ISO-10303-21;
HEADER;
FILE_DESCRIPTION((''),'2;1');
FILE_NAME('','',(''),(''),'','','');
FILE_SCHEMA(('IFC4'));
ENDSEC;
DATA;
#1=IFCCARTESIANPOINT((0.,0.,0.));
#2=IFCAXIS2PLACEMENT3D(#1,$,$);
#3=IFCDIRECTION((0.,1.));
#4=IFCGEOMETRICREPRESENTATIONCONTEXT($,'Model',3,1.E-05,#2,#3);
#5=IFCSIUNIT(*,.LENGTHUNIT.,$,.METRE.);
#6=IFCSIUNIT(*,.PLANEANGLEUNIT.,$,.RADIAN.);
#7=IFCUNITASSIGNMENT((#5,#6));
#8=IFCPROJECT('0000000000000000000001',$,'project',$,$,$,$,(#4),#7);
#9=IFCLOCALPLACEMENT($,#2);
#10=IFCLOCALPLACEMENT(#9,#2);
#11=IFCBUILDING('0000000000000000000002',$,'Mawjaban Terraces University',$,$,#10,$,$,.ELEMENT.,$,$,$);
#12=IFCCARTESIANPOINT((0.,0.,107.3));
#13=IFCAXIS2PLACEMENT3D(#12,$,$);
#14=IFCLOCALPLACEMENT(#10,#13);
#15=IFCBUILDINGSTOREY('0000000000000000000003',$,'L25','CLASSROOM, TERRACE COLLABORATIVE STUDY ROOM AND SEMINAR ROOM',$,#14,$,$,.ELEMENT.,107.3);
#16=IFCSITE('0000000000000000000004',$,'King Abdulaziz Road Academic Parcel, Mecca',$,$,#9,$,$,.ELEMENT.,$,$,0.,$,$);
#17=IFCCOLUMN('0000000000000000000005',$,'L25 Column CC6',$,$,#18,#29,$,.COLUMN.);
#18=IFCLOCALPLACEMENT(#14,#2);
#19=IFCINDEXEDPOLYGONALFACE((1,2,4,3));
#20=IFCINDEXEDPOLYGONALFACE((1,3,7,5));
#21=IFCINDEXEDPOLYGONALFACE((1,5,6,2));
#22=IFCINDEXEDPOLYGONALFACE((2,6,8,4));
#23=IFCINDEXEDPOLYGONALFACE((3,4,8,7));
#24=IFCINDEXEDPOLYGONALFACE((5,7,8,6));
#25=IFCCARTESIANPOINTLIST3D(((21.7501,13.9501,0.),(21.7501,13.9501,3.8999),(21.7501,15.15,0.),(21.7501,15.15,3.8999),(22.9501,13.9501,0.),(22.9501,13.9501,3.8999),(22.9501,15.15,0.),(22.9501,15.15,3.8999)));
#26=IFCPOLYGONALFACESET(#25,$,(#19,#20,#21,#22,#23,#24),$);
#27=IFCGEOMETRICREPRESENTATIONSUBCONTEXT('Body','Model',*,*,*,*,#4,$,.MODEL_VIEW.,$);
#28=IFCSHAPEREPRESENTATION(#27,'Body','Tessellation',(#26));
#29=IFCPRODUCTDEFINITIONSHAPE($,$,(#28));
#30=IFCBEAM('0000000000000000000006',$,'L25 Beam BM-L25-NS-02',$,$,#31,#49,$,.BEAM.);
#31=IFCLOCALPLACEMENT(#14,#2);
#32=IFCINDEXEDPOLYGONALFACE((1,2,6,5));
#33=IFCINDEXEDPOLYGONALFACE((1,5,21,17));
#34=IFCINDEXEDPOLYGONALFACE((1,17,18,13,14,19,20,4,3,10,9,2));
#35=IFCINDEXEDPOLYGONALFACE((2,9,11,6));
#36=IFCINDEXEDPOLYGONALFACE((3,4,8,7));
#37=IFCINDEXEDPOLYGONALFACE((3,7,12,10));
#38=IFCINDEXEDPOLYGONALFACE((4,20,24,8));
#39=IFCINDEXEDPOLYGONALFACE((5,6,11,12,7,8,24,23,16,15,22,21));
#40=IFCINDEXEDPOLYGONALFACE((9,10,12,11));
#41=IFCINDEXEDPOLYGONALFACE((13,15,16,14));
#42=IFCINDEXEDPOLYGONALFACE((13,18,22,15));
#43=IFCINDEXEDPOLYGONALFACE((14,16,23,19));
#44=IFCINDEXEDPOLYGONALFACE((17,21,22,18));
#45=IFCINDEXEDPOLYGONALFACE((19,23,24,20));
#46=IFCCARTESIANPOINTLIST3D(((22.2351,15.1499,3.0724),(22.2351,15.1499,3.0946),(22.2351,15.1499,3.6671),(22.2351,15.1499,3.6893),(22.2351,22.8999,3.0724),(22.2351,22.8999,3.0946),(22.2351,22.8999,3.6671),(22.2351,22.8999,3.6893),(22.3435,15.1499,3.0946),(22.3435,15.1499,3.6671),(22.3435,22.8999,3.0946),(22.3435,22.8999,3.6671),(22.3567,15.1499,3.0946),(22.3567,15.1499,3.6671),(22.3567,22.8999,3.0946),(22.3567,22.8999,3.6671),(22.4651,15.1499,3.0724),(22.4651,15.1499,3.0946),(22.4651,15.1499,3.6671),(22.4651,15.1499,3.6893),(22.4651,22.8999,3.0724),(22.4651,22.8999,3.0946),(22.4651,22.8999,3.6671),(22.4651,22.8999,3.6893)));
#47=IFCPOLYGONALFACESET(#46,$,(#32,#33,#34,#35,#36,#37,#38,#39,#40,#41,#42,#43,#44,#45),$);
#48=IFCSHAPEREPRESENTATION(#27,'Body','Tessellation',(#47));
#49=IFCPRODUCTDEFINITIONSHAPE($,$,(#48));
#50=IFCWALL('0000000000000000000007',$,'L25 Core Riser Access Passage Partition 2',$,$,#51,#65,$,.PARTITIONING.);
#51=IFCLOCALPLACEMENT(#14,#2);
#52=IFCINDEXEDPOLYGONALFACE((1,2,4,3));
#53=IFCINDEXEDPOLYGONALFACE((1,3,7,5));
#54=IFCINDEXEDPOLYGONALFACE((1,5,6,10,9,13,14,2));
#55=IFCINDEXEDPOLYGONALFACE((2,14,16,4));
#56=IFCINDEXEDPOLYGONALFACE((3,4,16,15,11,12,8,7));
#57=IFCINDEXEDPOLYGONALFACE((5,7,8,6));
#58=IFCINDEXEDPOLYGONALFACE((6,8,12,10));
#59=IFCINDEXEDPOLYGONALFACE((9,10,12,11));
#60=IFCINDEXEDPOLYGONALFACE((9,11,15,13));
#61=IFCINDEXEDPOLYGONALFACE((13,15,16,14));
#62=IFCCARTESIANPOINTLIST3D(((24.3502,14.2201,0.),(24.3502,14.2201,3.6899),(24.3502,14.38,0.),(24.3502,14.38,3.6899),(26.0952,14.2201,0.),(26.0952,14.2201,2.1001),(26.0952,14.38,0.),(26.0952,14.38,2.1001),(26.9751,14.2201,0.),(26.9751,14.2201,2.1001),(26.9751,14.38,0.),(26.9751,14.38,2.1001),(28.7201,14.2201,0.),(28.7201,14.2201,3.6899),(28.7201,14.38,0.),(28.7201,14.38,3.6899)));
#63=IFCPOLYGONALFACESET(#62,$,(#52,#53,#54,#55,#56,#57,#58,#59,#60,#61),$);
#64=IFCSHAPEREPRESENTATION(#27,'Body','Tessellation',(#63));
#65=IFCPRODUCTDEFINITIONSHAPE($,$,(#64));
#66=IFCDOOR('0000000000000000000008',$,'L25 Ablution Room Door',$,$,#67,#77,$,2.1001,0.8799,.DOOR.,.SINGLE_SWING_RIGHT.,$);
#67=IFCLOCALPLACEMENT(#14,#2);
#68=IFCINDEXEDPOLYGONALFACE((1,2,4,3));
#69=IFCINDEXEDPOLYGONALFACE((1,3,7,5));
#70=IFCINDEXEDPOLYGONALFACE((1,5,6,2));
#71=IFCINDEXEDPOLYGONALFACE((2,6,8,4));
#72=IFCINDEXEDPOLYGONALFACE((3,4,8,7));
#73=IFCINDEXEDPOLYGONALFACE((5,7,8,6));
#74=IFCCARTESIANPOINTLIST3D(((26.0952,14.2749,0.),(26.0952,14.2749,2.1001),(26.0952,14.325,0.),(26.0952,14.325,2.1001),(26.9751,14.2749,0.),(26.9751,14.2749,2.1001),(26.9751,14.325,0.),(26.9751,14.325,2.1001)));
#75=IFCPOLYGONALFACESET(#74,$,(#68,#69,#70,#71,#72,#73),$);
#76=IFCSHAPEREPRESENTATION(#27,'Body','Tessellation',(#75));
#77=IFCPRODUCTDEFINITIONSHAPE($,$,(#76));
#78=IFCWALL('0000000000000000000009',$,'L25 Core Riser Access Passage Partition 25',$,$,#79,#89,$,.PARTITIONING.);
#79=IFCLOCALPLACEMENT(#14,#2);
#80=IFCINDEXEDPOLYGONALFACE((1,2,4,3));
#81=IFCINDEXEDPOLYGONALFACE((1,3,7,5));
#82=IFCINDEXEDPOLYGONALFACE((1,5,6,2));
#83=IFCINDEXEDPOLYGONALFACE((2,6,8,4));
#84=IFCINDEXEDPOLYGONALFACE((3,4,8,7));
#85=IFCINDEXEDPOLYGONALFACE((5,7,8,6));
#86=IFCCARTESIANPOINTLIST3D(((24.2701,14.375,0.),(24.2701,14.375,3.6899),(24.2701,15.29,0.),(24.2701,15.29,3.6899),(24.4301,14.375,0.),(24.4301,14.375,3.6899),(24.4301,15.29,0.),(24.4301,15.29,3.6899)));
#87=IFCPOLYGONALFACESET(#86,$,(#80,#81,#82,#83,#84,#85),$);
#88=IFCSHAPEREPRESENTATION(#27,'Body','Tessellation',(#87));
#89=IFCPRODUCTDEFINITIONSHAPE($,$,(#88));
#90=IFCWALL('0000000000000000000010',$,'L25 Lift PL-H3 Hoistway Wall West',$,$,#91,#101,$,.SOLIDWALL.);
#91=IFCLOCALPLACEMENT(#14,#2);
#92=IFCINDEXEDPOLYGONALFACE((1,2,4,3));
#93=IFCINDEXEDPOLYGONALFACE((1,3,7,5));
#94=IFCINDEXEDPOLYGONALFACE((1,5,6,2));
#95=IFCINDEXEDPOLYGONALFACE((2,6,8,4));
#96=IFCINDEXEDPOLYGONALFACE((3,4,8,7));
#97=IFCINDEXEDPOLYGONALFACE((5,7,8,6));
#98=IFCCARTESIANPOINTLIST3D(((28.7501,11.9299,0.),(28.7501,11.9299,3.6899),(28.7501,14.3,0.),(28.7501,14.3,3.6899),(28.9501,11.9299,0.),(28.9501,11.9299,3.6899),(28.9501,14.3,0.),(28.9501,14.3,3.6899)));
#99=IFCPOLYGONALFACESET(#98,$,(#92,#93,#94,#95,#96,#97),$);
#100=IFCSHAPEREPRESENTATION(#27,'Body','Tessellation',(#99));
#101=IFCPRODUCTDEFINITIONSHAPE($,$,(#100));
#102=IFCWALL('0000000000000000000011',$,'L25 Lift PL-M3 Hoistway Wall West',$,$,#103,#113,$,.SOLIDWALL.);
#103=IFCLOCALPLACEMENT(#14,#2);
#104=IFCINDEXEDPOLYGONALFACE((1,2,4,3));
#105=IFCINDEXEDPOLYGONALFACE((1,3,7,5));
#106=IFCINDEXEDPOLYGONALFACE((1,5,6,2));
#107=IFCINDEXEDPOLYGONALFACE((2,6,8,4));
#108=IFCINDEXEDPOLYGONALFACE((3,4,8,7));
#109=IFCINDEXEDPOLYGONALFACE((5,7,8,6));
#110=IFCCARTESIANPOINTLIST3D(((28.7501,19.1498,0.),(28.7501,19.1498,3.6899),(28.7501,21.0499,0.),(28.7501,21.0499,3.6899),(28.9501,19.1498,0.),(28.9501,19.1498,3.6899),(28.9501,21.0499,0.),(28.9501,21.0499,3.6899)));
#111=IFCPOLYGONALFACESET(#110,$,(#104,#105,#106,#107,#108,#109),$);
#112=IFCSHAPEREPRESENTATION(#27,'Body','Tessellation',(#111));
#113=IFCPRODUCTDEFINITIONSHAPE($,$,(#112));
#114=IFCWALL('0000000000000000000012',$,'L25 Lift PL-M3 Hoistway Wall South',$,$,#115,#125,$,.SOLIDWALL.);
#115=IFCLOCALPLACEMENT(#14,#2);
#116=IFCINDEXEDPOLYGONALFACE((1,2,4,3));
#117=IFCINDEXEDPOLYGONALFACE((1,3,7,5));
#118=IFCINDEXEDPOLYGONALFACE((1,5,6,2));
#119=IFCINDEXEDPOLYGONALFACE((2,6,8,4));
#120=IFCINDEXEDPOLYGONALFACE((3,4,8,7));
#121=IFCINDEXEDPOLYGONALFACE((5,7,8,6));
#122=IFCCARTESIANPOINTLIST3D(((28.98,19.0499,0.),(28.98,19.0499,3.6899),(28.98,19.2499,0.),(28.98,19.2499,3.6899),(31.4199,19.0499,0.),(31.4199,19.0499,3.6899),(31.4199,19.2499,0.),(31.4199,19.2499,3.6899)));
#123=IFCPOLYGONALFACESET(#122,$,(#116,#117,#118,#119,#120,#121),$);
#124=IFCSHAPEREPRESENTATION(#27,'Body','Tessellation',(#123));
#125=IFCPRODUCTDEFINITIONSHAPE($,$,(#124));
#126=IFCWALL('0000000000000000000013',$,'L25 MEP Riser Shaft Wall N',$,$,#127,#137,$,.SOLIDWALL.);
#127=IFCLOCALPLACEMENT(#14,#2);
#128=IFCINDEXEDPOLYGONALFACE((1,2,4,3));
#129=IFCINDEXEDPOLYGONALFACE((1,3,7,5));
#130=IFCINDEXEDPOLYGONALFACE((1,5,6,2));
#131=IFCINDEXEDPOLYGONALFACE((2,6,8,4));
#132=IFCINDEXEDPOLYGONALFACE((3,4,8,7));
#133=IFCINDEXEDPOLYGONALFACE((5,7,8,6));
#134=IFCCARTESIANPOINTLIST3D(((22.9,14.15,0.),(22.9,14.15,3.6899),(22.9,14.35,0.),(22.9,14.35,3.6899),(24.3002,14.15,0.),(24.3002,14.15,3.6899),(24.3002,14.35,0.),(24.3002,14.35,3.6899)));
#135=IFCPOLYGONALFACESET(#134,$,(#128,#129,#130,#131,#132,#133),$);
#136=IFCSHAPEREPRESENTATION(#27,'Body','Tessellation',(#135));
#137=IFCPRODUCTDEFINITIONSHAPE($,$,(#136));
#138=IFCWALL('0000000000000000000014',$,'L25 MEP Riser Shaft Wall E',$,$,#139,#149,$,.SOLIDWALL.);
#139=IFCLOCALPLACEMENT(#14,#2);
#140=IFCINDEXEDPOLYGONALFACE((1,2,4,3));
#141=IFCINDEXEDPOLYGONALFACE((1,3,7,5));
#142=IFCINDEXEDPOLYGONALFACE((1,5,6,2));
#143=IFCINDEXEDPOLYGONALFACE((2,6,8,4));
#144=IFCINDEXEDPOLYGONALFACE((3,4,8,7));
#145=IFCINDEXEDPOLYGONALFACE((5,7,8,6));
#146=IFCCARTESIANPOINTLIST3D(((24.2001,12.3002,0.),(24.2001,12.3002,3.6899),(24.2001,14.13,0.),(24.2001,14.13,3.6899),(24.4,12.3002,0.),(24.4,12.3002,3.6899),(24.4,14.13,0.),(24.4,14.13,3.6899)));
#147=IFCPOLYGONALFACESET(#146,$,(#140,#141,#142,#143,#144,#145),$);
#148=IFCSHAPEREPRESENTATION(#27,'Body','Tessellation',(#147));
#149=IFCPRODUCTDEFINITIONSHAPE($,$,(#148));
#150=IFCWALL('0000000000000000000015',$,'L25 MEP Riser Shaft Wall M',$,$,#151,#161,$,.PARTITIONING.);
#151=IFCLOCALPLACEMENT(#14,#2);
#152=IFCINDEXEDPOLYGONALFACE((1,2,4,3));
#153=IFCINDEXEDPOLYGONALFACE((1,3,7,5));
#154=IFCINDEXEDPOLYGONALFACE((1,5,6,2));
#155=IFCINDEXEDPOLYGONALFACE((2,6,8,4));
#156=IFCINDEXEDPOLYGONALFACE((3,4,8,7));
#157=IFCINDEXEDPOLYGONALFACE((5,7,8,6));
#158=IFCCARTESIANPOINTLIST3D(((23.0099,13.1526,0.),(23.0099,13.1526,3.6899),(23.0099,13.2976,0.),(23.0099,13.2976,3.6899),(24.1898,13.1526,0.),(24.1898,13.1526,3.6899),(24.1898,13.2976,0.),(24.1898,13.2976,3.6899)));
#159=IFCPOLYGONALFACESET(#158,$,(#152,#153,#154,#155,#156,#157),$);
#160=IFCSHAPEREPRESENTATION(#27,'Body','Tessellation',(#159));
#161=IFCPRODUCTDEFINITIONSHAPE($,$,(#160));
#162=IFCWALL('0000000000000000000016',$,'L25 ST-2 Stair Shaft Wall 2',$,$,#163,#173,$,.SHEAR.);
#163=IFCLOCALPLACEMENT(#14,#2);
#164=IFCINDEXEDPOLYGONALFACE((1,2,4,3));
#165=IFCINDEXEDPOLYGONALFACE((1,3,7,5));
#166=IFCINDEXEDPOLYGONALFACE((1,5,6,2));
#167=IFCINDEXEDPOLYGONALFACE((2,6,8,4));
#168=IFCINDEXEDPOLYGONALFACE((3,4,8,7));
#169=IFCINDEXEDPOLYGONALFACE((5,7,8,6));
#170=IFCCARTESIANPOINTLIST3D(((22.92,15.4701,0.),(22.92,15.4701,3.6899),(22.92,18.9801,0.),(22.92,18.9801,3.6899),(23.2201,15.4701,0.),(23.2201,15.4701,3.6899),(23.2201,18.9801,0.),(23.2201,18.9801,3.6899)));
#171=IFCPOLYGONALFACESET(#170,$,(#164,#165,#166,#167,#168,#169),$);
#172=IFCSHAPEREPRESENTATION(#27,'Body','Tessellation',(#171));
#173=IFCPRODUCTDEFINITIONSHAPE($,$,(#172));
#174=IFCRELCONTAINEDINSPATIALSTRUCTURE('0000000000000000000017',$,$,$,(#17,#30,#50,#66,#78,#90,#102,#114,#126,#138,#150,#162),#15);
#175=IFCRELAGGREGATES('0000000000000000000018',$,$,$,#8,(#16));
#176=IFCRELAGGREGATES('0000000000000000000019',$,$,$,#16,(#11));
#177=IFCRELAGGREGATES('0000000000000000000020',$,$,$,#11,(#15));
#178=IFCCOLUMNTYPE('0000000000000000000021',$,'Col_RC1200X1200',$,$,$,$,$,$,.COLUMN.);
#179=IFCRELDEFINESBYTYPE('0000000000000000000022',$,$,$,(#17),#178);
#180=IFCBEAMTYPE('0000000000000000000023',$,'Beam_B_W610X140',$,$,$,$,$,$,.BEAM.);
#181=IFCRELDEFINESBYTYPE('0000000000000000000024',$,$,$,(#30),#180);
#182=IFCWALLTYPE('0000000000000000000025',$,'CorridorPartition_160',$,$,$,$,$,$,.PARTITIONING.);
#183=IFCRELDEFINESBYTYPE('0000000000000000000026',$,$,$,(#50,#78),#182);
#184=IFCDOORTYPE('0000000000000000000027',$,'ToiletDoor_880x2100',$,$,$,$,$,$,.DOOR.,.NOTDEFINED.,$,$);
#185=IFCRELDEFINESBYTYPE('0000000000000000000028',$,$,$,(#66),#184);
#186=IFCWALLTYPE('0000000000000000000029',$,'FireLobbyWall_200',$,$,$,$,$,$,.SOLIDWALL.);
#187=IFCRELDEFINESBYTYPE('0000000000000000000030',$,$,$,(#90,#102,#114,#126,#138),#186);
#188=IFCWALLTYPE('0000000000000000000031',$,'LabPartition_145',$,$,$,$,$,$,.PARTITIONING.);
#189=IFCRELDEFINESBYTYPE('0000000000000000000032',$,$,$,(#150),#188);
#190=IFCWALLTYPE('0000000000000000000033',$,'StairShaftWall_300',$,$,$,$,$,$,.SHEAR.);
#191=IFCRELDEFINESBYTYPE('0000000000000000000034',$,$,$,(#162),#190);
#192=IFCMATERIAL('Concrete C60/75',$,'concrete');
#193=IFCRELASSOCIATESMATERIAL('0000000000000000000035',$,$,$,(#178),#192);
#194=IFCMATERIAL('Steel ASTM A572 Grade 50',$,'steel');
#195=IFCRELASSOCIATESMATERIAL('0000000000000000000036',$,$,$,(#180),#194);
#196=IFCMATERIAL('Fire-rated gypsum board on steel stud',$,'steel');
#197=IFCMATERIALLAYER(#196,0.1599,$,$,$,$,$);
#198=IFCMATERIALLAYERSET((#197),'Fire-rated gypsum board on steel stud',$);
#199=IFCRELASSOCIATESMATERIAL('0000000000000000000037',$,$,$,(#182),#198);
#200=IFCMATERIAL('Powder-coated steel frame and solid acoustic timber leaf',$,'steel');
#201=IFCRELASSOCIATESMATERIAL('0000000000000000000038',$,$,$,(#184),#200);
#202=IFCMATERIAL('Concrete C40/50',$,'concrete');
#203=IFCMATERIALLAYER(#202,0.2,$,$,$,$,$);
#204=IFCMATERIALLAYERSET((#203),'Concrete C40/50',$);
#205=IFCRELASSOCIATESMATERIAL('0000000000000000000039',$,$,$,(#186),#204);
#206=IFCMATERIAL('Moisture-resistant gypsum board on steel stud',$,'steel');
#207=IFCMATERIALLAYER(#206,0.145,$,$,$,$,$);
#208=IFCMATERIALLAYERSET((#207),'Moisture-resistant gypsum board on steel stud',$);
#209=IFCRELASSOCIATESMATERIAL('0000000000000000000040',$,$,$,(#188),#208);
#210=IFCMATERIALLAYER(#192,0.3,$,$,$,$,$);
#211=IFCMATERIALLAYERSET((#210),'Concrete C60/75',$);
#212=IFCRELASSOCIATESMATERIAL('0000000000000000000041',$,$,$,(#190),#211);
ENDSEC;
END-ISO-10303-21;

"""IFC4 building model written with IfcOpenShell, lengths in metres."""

from ifc_helpers import new_model, si_unit, direction, frame, frame_2d, origin, origin_2d, place, context, subcontext, project, spatial, rectangle, i_section, extrude, material, layer, layer_set, material_profile, profile_set, type_object, element, fill, save


model = new_model("IFC4")

# Units and contexts
model_context = context("Model", 3, precision=1e-05, world=origin(), true_north=direction((0.0, 1.0)))
body_context = subcontext(model_context, "Body", "Model", "MODEL_VIEW")
ifc_project = project(units=[si_unit("LENGTHUNIT", "METRE"), si_unit("PLANEANGLEUNIT", "RADIAN")], contexts=[model_context])

# Site, building, storey
site_placement = place(None, origin())
site = spatial("IfcSite", under=ifc_project, at=site_placement, Name="King Abdulaziz Road Academic Parcel, Mecca", CompositionType="ELEMENT", RefElevation=0.0)
building_placement = place(site_placement, origin())
building = spatial("IfcBuilding", under=site, at=building_placement, Name="Mawjaban Terraces University", CompositionType="ELEMENT")
storey_placement = place(building_placement, frame((0.0, 0.0, 107.3)))
storey = spatial("IfcBuildingStorey", under=building, at=storey_placement, Name="L25", Description="CLASSROOM, TERRACE COLLABORATIVE STUDY ROOM AND SEMINAR ROOM", CompositionType="ELEMENT", Elevation=107.3)

# Column
ifc_material_1 = material(Name="Concrete C60/75", Category="concrete")
ifc_material_profile_1 = material_profile(ifc_material_1, rectangle(XDim=1.2, YDim=1.2, at=origin_2d()), Name="RC1200X1200")
ifc_profile_set_1 = profile_set([ifc_material_profile_1], Name="Concrete C60/75")
column_type = type_object("IfcColumnType", Name="Col_RC1200X1200", PredefinedType="COLUMN", material=ifc_profile_set_1)
column_placement = place(storey_placement, frame((22.3501, 14.55, 0.0), z_axis=(0.0, 0.0, 1.0), x_axis=(1.0, 0.0, 0.0)))
element("IfcColumn", 1, at=column_placement, inside=storey, type_object=column_type, Name="L25 Column CC6", PredefinedType="COLUMN", context=body_context, shape_type="SweptSolid", body=[
    extrude(rectangle(XDim=1.2, YDim=1.2, at=origin_2d()), origin(), (0.0, 0.0, 1.0), 3.8999),
])

# Beam
ifc_material_2 = material(Name="Steel ASTM A572 Grade 50", Category="steel")
ifc_material_profile_2 = material_profile(ifc_material_2, i_section(OverallWidth=0.23, OverallDepth=0.6169, WebThickness=0.0132, FlangeThickness=0.0222, at=origin_2d()), Name="W610X140")
ifc_profile_set_2 = profile_set([ifc_material_profile_2], Name="Steel ASTM A572 Grade 50")
beam_type = type_object("IfcBeamType", Name="Beam_B_W610X140", PredefinedType="BEAM", material=ifc_profile_set_2)
beam_placement = place(storey_placement, frame((22.3501, 15.1499, 3.3809), z_axis=(0.0, 1.0, 0.0), x_axis=(-1.0, 0.0, 0.0)))
element("IfcBeam", 2, at=beam_placement, inside=storey, type_object=beam_type, Name="L25 Beam BM-L25-NS-02", PredefinedType="BEAM", context=body_context, shape_type="SweptSolid", body=[
    extrude(i_section(OverallWidth=0.23, OverallDepth=0.6169, WebThickness=0.0132, FlangeThickness=0.0222, at=origin_2d()), origin(), (0.0, 0.0, 1.0), 7.75),
])

# Wall, opening, door
ifc_material_3 = material(Name="Fire-rated gypsum board on steel stud", Category="steel")
ifc_layer_1 = layer(ifc_material_3, 0.1599)
ifc_layer_set_1 = layer_set([ifc_layer_1], Name="Fire-rated gypsum board on steel stud")
wall_type_1 = type_object("IfcWallType", Name="CorridorPartition_160", PredefinedType="PARTITIONING", material=ifc_layer_set_1)
wall_1_placement = place(storey_placement, frame((24.3501, 14.3, 0.0), z_axis=(0.0, 0.0, 1.0), x_axis=(1.0, 0.0, 0.0)))
wall_1 = element("IfcWall", 3, at=wall_1_placement, inside=storey, type_object=wall_type_1, Name="L25 Core Riser Access Passage Partition 2", PredefinedType="PARTITIONING", context=body_context, shape_type="SweptSolid", body=[
    extrude(rectangle(XDim=4.3699, YDim=0.1599, at=frame_2d((2.1851, 0.0))), origin(), (0.0, 0.0, 1.0), 3.6899),
])
opening_placement = place(wall_1_placement, frame((1.7451, 0.0, 0.0)))
opening = element("IfcOpeningElement", 4, at=opening_placement, cuts=wall_1, PredefinedType="OPENING", context=body_context, shape_type="SweptSolid", body=[
    extrude(rectangle(XDim=0.8799, YDim=2.1001, at=frame_2d((0.4399, 1.05))), frame((0.0, 0.0898, 0.0), z_axis=(0.0, -1.0, 0.0), x_axis=(1.0, 0.0, 0.0)), (0.0, 0.0, 1.0), 0.1799),
])
ifc_material_4 = material(Name="Powder-coated steel frame and solid acoustic timber leaf", Category="steel")
door_type = type_object("IfcDoorType", Name="ToiletDoor_880x2100", OperationType="NOTDEFINED", PredefinedType="DOOR", material=ifc_material_4)
door_placement = place(opening_placement, origin())
door = element("IfcDoor", 5, at=door_placement, inside=storey, type_object=door_type, Name="L25 Ablution Room Door", OperationType="SINGLE_SWING_RIGHT", OverallHeight=2.1001, OverallWidth=0.8799, PredefinedType="DOOR", context=body_context, shape_type="SweptSolid", body=[
    extrude(rectangle(XDim=0.8799, YDim=2.1001, at=frame_2d((0.4399, 1.05))), frame((0.0, 0.0249, 0.0), z_axis=(0.0, -1.0, 0.0), x_axis=(1.0, 0.0, 0.0)), (0.0, 0.0, 1.0), 0.05),
])
fill(opening, door)

# Walls
wall_2_placement = place(storey_placement, frame((24.3501, 15.29, 0.0), z_axis=(0.0, 0.0, 1.0), x_axis=(0.0, -1.0, 0.0)))
element("IfcWall", 6, at=wall_2_placement, inside=storey, type_object=wall_type_1, Name="L25 Core Riser Access Passage Partition 25", PredefinedType="PARTITIONING", context=body_context, shape_type="SweptSolid", body=[
    extrude(rectangle(XDim=0.915, YDim=0.1599, at=frame_2d((0.4575, 0.0))), origin(), (0.0, 0.0, 1.0), 3.6899),
])
ifc_material_5 = material(Name="Concrete C40/50", Category="concrete")
ifc_layer_2 = layer(ifc_material_5, 0.2)
ifc_layer_set_2 = layer_set([ifc_layer_2], Name="Concrete C40/50")
wall_type_2 = type_object("IfcWallType", Name="FireLobbyWall_200", PredefinedType="SOLIDWALL", material=ifc_layer_set_2)
wall_3_placement = place(storey_placement, frame((28.8501, 14.3, 0.0), z_axis=(0.0, 0.0, 1.0), x_axis=(0.0, -1.0, 0.0)))
element("IfcWall", 7, at=wall_3_placement, inside=storey, type_object=wall_type_2, Name="L25 Lift PL-H3 Hoistway Wall West", PredefinedType="SOLIDWALL", context=body_context, shape_type="SweptSolid", body=[
    extrude(rectangle(XDim=2.3701, YDim=0.2, at=frame_2d((1.1851, 0.0))), origin(), (0.0, 0.0, 1.0), 3.6899),
])
wall_4_placement = place(storey_placement, frame((28.8501, 21.05, 0.0), z_axis=(0.0, 0.0, 1.0), x_axis=(0.0, -1.0, 0.0)))
element("IfcWall", 8, at=wall_4_placement, inside=storey, type_object=wall_type_2, Name="L25 Lift PL-M3 Hoistway Wall West", PredefinedType="SOLIDWALL", context=body_context, shape_type="SweptSolid", body=[
    extrude(rectangle(XDim=1.9001, YDim=0.2, at=frame_2d((0.9502, 0.0))), origin(), (0.0, 0.0, 1.0), 3.6899),
])
wall_5_placement = place(storey_placement, frame((28.98, 19.1499, 0.0), z_axis=(0.0, 0.0, 1.0), x_axis=(1.0, 0.0, 0.0)))
element("IfcWall", 9, at=wall_5_placement, inside=storey, type_object=wall_type_2, Name="L25 Lift PL-M3 Hoistway Wall South", PredefinedType="SOLIDWALL", context=body_context, shape_type="SweptSolid", body=[
    extrude(rectangle(XDim=2.4399, YDim=0.2, at=frame_2d((1.22, 0.0))), origin(), (0.0, 0.0, 1.0), 3.6899),
])
wall_6_placement = place(storey_placement, frame((22.8999, 14.25, 0.0), z_axis=(0.0, 0.0, 1.0), x_axis=(1.0, 0.0, 0.0)))
element("IfcWall", 10, at=wall_6_placement, inside=storey, type_object=wall_type_2, Name="L25 MEP Riser Shaft Wall N", PredefinedType="SOLIDWALL", context=body_context, shape_type="SweptSolid", body=[
    extrude(rectangle(XDim=1.4001, YDim=0.2, at=frame_2d((0.7002, 0.0))), origin(), (0.0, 0.0, 1.0), 3.6899),
])
wall_7_placement = place(storey_placement, frame((24.3, 12.3, 0.0), z_axis=(0.0, 0.0, 1.0), x_axis=(0.0, 1.0, 0.0)))
element("IfcWall", 11, at=wall_7_placement, inside=storey, type_object=wall_type_2, Name="L25 MEP Riser Shaft Wall E", PredefinedType="SOLIDWALL", context=body_context, shape_type="SweptSolid", body=[
    extrude(rectangle(XDim=1.8298, YDim=0.2, at=frame_2d((0.915, 0.0))), origin(), (0.0, 0.0, 1.0), 3.6899),
])
ifc_material_6 = material(Name="Moisture-resistant gypsum board on steel stud", Category="steel")
ifc_layer_3 = layer(ifc_material_6, 0.145)
ifc_layer_set_3 = layer_set([ifc_layer_3], Name="Moisture-resistant gypsum board on steel stud")
wall_type_3 = type_object("IfcWallType", Name="LabPartition_145", PredefinedType="PARTITIONING", material=ifc_layer_set_3)
wall_8_placement = place(storey_placement, frame((23.01, 13.2251, 0.0), z_axis=(0.0, 0.0, 1.0), x_axis=(1.0, 0.0, 0.0)))
element("IfcWall", 12, at=wall_8_placement, inside=storey, type_object=wall_type_3, Name="L25 MEP Riser Shaft Wall M", PredefinedType="PARTITIONING", context=body_context, shape_type="SweptSolid", body=[
    extrude(rectangle(XDim=1.1799, YDim=0.145, at=frame_2d((0.5898, 0.0))), origin(), (0.0, 0.0, 1.0), 3.6899),
])
ifc_layer_4 = layer(ifc_material_1, 0.3)
ifc_layer_set_4 = layer_set([ifc_layer_4], Name="Concrete C60/75")
wall_type_4 = type_object("IfcWallType", Name="StairShaftWall_300", PredefinedType="SHEAR", material=ifc_layer_set_4)
wall_9_placement = place(storey_placement, frame((23.0701, 18.98, 0.0), z_axis=(0.0, 0.0, 1.0), x_axis=(0.0, -1.0, 0.0)))
element("IfcWall", 13, at=wall_9_placement, inside=storey, type_object=wall_type_4, Name="L25 ST-2 Stair Shaft Wall 2", PredefinedType="SHEAR", context=body_context, shape_type="SweptSolid", body=[
    extrude(rectangle(XDim=3.51, YDim=0.3, at=frame_2d((1.7549, 0.0))), origin(), (0.0, 0.0, 1.0), 3.6899),
])

save(model, "model.ifc")
